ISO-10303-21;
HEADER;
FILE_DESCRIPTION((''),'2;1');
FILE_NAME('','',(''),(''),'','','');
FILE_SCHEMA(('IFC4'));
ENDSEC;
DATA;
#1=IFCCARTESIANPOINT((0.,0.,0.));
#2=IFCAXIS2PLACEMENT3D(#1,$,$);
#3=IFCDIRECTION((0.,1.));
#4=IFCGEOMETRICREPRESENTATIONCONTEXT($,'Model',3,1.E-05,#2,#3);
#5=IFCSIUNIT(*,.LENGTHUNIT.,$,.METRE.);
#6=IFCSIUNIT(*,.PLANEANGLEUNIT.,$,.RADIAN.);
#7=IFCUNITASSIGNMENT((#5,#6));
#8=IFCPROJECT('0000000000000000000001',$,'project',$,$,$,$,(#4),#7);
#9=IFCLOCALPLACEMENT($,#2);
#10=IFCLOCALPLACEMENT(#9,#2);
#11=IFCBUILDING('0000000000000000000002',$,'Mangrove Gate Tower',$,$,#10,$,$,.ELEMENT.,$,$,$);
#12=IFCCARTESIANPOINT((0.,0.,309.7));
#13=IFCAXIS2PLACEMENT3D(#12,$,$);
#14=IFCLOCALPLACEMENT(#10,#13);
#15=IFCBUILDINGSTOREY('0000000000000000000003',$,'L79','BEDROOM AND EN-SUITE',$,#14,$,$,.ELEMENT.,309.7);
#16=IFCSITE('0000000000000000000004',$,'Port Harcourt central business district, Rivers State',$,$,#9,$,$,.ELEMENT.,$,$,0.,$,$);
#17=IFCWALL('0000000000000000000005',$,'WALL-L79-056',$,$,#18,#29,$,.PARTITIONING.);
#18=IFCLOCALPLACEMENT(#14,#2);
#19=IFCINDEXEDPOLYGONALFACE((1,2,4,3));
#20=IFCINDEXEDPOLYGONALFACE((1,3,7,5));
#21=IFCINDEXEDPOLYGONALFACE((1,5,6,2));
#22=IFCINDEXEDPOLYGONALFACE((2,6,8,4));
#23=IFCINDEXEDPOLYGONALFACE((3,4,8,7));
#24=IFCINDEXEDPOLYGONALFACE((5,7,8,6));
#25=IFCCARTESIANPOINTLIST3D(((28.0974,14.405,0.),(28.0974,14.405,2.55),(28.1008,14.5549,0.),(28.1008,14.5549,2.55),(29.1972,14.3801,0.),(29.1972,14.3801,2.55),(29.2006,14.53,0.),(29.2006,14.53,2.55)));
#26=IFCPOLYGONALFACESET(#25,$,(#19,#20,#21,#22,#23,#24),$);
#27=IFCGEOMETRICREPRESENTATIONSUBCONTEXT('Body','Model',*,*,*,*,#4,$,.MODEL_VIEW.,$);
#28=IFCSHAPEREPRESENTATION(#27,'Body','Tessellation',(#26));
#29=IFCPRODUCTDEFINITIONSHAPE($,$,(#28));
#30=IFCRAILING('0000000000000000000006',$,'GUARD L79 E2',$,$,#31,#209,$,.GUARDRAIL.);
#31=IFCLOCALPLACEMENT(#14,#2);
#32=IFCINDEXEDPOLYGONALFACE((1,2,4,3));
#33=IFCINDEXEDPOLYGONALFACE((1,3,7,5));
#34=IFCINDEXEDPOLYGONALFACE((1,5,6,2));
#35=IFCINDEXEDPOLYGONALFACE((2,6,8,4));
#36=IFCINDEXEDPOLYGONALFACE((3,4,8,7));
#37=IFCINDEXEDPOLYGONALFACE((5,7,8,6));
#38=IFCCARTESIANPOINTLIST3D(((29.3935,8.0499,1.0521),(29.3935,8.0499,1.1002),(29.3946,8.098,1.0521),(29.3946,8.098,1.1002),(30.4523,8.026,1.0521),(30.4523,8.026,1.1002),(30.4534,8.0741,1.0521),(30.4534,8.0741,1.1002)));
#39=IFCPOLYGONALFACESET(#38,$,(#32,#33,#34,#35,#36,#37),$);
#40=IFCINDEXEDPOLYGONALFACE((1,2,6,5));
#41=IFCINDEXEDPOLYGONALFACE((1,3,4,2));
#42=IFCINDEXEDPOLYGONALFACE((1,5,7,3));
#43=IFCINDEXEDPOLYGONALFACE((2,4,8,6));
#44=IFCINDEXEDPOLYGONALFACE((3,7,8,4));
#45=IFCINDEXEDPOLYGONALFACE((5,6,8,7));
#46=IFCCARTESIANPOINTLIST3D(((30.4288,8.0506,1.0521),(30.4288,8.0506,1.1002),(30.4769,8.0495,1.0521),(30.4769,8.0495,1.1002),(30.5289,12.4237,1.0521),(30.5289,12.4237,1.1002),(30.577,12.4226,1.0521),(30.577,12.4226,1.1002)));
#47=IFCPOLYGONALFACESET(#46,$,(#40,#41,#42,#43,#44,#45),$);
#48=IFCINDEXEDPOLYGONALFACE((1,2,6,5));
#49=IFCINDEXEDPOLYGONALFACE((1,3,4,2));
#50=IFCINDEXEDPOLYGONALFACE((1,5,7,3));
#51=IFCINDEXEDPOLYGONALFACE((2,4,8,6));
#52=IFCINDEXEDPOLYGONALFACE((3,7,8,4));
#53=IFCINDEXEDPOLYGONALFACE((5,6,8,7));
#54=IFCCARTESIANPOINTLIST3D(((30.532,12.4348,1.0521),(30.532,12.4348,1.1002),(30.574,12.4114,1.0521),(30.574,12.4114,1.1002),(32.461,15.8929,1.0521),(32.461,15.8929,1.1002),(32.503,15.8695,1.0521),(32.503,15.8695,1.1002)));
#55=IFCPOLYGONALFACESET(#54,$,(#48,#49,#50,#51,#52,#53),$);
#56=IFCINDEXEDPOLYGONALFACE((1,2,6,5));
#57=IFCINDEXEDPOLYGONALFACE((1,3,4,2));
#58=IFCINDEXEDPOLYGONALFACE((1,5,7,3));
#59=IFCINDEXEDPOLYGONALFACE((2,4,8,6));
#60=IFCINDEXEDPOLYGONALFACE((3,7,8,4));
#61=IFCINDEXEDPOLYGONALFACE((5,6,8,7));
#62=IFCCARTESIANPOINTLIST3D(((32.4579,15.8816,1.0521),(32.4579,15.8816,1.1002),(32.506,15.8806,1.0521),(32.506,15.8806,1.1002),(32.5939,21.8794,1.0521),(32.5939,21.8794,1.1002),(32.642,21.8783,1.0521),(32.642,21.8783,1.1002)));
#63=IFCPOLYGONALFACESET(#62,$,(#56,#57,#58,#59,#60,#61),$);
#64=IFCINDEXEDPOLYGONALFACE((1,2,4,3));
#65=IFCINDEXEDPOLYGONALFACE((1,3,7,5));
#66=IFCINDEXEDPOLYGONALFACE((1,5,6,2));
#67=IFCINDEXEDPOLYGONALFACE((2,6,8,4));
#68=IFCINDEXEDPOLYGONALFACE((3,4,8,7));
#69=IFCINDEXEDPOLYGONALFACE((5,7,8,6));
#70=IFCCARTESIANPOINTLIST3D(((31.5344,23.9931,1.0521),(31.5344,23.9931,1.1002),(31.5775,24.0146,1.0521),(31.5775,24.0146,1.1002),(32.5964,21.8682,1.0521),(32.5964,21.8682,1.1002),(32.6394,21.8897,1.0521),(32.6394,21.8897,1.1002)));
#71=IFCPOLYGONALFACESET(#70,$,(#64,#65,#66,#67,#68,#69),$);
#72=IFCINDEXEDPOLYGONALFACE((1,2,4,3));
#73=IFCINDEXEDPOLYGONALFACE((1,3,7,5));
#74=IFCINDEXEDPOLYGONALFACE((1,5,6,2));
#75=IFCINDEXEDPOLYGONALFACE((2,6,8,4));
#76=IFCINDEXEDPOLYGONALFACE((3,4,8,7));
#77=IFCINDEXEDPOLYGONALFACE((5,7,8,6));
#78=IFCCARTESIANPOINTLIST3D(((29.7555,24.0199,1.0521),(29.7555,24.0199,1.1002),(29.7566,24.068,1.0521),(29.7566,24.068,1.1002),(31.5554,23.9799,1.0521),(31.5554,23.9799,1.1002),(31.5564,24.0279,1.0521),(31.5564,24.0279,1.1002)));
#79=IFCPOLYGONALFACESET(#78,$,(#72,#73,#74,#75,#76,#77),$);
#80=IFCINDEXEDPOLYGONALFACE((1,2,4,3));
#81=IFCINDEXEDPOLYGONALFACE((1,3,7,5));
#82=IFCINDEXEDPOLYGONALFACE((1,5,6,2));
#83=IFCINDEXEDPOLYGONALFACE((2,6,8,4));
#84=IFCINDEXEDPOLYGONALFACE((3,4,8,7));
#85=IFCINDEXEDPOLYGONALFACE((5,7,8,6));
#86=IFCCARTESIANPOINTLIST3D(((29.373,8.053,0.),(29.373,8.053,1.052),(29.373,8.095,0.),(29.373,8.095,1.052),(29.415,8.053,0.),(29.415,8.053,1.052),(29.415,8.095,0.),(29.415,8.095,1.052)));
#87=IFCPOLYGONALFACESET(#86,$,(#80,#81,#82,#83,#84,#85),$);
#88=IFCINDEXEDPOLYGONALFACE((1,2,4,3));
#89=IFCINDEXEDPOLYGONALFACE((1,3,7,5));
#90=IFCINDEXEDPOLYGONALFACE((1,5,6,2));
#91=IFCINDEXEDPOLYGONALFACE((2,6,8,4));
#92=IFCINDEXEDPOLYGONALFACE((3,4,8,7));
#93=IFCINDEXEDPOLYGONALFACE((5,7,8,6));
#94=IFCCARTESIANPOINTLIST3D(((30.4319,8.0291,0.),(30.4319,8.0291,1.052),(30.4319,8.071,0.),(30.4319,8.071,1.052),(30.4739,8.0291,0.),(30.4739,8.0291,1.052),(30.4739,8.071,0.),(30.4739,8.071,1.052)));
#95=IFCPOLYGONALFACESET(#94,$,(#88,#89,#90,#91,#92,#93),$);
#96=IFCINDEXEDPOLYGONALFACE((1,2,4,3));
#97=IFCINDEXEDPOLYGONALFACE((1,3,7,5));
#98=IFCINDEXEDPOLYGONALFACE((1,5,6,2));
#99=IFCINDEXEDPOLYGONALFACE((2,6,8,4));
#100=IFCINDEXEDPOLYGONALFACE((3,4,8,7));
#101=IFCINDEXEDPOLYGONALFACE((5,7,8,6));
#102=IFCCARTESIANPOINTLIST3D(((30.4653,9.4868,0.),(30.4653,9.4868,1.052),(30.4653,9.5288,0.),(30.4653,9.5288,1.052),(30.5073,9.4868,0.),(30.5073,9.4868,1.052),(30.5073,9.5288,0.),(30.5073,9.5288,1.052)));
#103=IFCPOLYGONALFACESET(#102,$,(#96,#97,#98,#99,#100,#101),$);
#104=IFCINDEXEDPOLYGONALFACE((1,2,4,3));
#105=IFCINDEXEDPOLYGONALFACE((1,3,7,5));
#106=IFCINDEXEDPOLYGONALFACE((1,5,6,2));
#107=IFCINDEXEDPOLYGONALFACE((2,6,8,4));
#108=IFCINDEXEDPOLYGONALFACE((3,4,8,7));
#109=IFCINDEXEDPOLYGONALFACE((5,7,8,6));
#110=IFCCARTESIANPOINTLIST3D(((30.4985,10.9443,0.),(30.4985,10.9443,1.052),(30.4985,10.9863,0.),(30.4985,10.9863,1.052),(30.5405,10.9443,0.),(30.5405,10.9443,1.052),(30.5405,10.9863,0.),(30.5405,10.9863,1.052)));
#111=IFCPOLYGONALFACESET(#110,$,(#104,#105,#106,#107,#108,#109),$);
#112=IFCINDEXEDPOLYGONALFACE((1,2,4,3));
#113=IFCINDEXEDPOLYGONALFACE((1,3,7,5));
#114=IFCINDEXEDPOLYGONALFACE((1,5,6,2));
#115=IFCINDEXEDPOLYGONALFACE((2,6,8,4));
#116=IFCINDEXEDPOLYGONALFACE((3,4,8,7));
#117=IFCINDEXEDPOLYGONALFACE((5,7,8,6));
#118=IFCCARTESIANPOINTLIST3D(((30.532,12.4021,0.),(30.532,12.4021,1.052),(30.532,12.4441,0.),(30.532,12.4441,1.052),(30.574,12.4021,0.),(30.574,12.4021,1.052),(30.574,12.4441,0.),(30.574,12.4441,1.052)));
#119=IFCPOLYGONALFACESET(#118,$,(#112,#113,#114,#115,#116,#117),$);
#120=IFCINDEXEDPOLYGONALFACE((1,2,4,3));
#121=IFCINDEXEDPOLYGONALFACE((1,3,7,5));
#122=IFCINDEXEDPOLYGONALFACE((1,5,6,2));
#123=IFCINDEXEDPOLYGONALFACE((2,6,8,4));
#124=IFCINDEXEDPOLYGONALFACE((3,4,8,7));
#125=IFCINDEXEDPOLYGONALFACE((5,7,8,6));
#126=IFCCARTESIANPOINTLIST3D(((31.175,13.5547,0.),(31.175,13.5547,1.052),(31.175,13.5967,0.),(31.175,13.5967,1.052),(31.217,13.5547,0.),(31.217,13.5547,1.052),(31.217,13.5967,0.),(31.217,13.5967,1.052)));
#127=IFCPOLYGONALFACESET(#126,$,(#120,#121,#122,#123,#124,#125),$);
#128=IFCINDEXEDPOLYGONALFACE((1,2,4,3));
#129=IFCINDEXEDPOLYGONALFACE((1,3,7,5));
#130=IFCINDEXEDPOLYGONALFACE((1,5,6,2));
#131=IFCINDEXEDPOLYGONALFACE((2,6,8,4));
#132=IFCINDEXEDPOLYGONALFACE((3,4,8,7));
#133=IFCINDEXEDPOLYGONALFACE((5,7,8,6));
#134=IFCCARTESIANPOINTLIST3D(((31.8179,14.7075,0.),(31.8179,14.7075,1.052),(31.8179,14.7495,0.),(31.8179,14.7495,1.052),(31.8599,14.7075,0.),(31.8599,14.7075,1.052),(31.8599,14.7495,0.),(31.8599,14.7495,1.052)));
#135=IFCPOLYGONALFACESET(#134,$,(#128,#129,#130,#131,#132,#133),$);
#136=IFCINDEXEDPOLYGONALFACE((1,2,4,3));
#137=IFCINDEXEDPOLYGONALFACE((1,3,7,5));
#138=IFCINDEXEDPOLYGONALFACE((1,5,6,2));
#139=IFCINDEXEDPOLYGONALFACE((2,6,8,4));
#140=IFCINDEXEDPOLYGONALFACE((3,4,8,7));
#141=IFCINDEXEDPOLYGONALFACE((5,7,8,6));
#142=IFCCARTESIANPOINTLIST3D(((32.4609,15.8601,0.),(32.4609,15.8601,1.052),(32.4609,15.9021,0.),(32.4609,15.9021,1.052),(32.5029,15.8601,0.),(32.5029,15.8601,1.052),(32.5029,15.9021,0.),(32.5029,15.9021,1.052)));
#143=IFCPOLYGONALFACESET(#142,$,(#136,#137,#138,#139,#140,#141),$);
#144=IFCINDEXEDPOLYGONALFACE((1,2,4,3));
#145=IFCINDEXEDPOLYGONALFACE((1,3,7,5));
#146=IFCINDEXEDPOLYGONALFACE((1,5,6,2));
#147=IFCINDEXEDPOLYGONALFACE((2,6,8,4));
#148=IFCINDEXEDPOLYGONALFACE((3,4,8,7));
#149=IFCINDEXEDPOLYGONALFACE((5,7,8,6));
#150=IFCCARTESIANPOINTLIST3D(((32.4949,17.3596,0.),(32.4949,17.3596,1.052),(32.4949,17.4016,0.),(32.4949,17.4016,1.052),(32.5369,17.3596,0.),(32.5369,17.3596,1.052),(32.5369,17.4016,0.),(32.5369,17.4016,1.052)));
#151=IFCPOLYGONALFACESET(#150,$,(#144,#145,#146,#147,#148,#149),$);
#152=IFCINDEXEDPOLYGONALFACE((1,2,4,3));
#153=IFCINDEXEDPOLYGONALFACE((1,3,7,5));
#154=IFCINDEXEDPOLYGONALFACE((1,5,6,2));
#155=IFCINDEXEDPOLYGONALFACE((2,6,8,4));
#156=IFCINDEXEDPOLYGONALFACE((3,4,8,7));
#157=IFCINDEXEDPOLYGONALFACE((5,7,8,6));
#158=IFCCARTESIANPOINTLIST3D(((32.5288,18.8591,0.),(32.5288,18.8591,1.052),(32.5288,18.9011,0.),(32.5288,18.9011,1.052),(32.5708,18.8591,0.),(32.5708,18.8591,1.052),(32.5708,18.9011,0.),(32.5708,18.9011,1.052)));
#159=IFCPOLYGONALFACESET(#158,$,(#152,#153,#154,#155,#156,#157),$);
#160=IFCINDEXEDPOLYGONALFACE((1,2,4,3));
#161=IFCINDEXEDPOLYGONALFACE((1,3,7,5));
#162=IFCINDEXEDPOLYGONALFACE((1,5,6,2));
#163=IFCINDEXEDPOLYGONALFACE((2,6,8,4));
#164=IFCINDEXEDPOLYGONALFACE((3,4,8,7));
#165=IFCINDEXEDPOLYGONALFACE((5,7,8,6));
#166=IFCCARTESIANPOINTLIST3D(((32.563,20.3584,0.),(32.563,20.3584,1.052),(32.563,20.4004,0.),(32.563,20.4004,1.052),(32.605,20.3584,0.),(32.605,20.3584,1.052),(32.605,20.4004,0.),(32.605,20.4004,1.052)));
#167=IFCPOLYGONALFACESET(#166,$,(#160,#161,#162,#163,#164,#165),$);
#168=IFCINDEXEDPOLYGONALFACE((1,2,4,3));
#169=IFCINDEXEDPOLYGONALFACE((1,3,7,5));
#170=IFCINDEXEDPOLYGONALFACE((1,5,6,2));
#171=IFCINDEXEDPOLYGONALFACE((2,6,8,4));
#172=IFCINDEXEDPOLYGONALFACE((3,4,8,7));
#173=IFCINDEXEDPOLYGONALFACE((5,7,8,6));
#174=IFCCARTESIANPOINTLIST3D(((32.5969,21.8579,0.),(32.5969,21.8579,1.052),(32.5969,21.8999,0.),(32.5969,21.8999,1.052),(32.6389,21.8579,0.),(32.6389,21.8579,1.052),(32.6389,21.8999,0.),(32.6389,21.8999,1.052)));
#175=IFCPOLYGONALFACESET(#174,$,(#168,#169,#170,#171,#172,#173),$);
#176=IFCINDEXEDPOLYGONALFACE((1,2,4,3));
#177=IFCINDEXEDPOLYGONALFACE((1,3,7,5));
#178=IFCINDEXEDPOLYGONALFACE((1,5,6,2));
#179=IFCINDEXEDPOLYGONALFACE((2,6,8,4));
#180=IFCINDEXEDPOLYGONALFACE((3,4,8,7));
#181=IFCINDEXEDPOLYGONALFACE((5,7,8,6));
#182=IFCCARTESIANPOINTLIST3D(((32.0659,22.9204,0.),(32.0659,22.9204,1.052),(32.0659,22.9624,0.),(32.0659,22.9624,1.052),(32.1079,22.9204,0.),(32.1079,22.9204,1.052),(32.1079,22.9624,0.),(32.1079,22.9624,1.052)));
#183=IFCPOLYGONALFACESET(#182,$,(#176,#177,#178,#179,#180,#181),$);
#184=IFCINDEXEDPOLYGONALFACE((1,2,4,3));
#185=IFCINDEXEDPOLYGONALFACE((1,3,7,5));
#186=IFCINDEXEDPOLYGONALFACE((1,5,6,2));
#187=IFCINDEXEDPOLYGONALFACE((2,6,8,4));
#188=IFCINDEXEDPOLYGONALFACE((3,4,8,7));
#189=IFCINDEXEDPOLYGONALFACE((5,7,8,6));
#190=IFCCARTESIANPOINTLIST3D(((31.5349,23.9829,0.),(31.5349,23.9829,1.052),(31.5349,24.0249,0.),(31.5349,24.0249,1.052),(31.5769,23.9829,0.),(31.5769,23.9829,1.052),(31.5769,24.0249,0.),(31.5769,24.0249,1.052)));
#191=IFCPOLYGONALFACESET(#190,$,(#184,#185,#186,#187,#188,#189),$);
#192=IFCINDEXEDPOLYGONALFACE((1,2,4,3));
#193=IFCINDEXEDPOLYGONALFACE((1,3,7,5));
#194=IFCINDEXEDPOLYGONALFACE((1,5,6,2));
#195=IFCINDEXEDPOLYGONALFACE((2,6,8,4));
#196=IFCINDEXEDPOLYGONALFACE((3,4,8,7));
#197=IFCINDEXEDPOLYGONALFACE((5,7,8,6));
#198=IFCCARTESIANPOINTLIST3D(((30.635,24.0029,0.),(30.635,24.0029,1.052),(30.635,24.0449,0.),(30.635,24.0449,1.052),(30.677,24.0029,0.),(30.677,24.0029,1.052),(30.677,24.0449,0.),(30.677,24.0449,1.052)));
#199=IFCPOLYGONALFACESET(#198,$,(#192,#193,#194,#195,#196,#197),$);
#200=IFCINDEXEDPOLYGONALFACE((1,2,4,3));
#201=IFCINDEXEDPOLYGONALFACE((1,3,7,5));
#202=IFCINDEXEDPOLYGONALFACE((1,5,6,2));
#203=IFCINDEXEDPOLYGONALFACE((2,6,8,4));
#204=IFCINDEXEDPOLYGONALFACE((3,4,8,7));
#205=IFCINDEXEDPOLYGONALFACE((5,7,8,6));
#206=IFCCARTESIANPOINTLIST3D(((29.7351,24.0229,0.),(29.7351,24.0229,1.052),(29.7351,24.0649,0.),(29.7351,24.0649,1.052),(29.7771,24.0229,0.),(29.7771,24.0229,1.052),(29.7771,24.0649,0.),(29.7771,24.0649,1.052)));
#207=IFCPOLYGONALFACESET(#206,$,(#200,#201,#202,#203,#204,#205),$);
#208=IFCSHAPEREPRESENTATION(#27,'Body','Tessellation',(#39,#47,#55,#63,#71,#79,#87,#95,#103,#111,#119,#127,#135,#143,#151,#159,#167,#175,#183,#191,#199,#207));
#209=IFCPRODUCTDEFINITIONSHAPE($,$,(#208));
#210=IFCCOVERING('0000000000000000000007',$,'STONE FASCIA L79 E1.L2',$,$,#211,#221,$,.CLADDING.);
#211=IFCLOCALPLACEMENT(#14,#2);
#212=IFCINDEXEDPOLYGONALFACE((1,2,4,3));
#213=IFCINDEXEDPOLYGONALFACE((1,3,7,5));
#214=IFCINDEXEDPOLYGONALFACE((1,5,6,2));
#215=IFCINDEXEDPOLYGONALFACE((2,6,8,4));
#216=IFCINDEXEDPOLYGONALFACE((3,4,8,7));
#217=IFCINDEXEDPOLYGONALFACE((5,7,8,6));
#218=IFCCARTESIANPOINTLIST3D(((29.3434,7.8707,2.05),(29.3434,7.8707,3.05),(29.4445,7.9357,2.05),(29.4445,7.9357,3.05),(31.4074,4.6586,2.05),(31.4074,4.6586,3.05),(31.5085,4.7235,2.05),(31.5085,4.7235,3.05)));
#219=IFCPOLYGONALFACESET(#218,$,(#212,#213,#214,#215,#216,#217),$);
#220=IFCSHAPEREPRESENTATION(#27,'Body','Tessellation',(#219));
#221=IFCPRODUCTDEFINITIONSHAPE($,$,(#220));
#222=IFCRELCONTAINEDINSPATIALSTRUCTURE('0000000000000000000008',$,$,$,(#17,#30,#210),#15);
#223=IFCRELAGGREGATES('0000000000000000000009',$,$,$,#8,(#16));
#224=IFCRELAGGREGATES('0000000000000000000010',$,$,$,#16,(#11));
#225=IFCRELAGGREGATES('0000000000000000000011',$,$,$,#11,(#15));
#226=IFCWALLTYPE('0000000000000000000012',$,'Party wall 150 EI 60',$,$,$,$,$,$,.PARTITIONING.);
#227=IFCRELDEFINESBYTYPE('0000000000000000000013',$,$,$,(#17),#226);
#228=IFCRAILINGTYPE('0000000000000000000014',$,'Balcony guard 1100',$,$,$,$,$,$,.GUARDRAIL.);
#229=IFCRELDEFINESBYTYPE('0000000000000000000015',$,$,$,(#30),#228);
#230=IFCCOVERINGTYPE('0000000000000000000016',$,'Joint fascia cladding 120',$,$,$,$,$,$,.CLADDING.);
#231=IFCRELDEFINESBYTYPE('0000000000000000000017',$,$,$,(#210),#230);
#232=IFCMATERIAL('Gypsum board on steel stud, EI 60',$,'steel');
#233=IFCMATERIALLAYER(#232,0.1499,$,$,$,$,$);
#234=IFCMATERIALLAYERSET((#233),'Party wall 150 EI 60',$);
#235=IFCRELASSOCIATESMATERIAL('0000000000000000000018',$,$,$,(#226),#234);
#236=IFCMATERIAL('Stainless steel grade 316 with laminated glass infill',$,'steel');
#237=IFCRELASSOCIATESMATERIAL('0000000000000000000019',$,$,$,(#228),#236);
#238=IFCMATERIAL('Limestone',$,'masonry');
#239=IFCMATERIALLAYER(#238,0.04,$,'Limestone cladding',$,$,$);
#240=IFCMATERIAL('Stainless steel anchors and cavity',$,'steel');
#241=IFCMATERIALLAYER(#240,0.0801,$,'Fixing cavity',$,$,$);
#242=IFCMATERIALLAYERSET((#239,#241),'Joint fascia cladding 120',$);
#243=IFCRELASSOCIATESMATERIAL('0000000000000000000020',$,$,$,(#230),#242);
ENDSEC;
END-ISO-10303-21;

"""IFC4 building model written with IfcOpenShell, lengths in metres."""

from ifc_helpers import new_model, si_unit, direction, frame, frame_2d, origin, origin_2d, place, context, subcontext, project, spatial, rectangle, extrude, material, layer, layer_set, type_object, element, save


model = new_model("IFC4")

# Units and contexts
model_context = context("Model", 3, precision=1e-05, world=origin(), true_north=direction((0.0, 1.0)))
body_context = subcontext(model_context, "Body", "Model", "MODEL_VIEW")
ifc_project = project(units=[si_unit("LENGTHUNIT", "METRE"), si_unit("PLANEANGLEUNIT", "RADIAN")], contexts=[model_context])

# Site, building, storey
site_placement = place(None, origin())
site = spatial("IfcSite", under=ifc_project, at=site_placement, Name="Port Harcourt central business district, Rivers State", CompositionType="ELEMENT", RefElevation=0.0)
building_placement = place(site_placement, origin())
building = spatial("IfcBuilding", under=site, at=building_placement, Name="Mangrove Gate Tower", CompositionType="ELEMENT")
storey_placement = place(building_placement, frame((0.0, 0.0, 309.7)))
storey = spatial("IfcBuildingStorey", under=building, at=storey_placement, Name="L79", Description="BEDROOM AND EN-SUITE", CompositionType="ELEMENT", Elevation=309.7)

# Shared definitions
ifc_material_1 = material(Name="Limestone", Category="masonry")

# Wall
ifc_material_2 = material(Name="Gypsum board on steel stud, EI 60", Category="steel")
ifc_layer_1 = layer(ifc_material_2, 0.1499)
ifc_layer_set_1 = layer_set([ifc_layer_1], Name="Party wall 150 EI 60")
wall_type_1 = type_object("IfcWallType", Name="Party wall 150 EI 60", PredefinedType="PARTITIONING", material=ifc_layer_set_1)
wall_1_placement = place(storey_placement, frame((28.0991, 14.48, 0.0), z_axis=(0.0, 0.0, 1.0), x_axis=(0.999744, -0.022636, 0.0)))
element("IfcWall", 1, at=wall_1_placement, inside=storey, type_object=wall_type_1, Name="WALL-L79-056", PredefinedType="PARTITIONING", context=body_context, shape_type="SweptSolid", body=[
    extrude(rectangle(XDim=1.1001, YDim=0.1499, at=frame_2d((0.55, 0.0))), origin(), (0.0, 0.0, 1.0), 2.55),
])

# Railing
ifc_material_3 = material(Name="Stainless steel grade 316 with laminated glass infill", Category="steel")
railing_type = type_object("IfcRailingType", Name="Balcony guard 1100", PredefinedType="GUARDRAIL", material=ifc_material_3)
railing_placement = place(storey_placement, frame((29.394, 8.074, 0.0)))
element("IfcRailing", 2, at=railing_placement, inside=storey, type_object=railing_type, Name="GUARD L79 E2", PredefinedType="GUARDRAIL", context=body_context, shape_type="SweptSolid", body=[
    extrude(rectangle(XDim=0.0481, YDim=0.0481, at=origin_2d()), frame((0.0, 0.0, 1.0762), z_axis=(0.999745, -0.02259, 0.0), x_axis=(0.02259, 0.999745, 0.0)), (0.0, 0.0, 1.0), 1.0591),
    extrude(rectangle(XDim=0.0481, YDim=0.0481, at=origin_2d()), frame((1.0588, -0.0239, 1.0762), z_axis=(0.022884, 0.999738, 0.0), x_axis=(-0.999738, 0.022884, 0.0)), (0.0, 0.0, 1.0), 4.3743),
    extrude(rectangle(XDim=0.0481, YDim=0.0481, at=origin_2d()), frame((1.1589, 4.3491, 1.0762), z_axis=(0.487155, 0.873315, 0.0), x_axis=(-0.873315, 0.487155, 0.0)), (0.0, 0.0, 1.0), 3.9597),
    extrude(rectangle(XDim=0.0481, YDim=0.0481, at=origin_2d()), frame((3.0879, 7.8071, 1.0762), z_axis=(0.022667, 0.999743, 0.0), x_axis=(-0.999743, 0.022667, 0.0)), (0.0, 0.0, 1.0), 5.9993),
    extrude(rectangle(XDim=0.0481, YDim=0.0481, at=origin_2d()), frame((3.2239, 13.8049, 1.0762), z_axis=(-0.447049, 0.894509, 0.0), x_axis=(-0.894509, -0.447049, 0.0)), (0.0, 0.0, 1.0), 2.3755),
    extrude(rectangle(XDim=0.0481, YDim=0.0481, at=origin_2d()), frame((2.1619, 15.9299, 1.0762), z_axis=(-0.999753, 0.022241, 0.0), x_axis=(-0.022241, -0.999753, 0.0)), (0.0, 0.0, 1.0), 1.8003),
    extrude(rectangle(XDim=0.042, YDim=0.042, at=origin_2d()), origin(), (0.0, 0.0, 1.0), 1.052),
    extrude(rectangle(XDim=0.042, YDim=0.042, at=origin_2d()), frame((1.0588, -0.0239, 0.0)), (0.0, 0.0, 1.0), 1.052),
    extrude(rectangle(XDim=0.042, YDim=0.042, at=origin_2d()), frame((1.0923, 1.4338, 0.0)), (0.0, 0.0, 1.0), 1.052),
    extrude(rectangle(XDim=0.042, YDim=0.042, at=origin_2d()), frame((1.1255, 2.8914, 0.0)), (0.0, 0.0, 1.0), 1.052),
    extrude(rectangle(XDim=0.042, YDim=0.042, at=origin_2d()), frame((1.1589, 4.3491, 0.0)), (0.0, 0.0, 1.0), 1.052),
    extrude(rectangle(XDim=0.042, YDim=0.042, at=origin_2d()), frame((1.802, 5.5017, 0.0)), (0.0, 0.0, 1.0), 1.052),
    extrude(rectangle(XDim=0.042, YDim=0.042, at=origin_2d()), frame((2.4448, 6.6545, 0.0)), (0.0, 0.0, 1.0), 1.052),
    extrude(rectangle(XDim=0.042, YDim=0.042, at=origin_2d()), frame((3.0879, 7.8071, 0.0)), (0.0, 0.0, 1.0), 1.052),
    extrude(rectangle(XDim=0.042, YDim=0.042, at=origin_2d()), frame((3.1218, 9.3066, 0.0)), (0.0, 0.0, 1.0), 1.052),
    extrude(rectangle(XDim=0.042, YDim=0.042, at=origin_2d()), frame((3.1558, 10.8062, 0.0)), (0.0, 0.0, 1.0), 1.052),
    extrude(rectangle(XDim=0.042, YDim=0.042, at=origin_2d()), frame((3.1899, 12.3054, 0.0)), (0.0, 0.0, 1.0), 1.052),
    extrude(rectangle(XDim=0.042, YDim=0.042, at=origin_2d()), frame((3.2239, 13.8049, 0.0)), (0.0, 0.0, 1.0), 1.052),
    extrude(rectangle(XDim=0.042, YDim=0.042, at=origin_2d()), frame((2.6929, 14.8674, 0.0)), (0.0, 0.0, 1.0), 1.052),
    extrude(rectangle(XDim=0.042, YDim=0.042, at=origin_2d()), frame((2.1619, 15.9299, 0.0)), (0.0, 0.0, 1.0), 1.052),
    extrude(rectangle(XDim=0.042, YDim=0.042, at=origin_2d()), frame((1.262, 15.95, 0.0)), (0.0, 0.0, 1.0), 1.052),
    extrude(rectangle(XDim=0.042, YDim=0.042, at=origin_2d()), frame((0.3621, 15.97, 0.0)), (0.0, 0.0, 1.0), 1.052),
])

# Covering
ifc_layer_2 = layer(ifc_material_1, 0.04, Name="Limestone cladding")
ifc_material_4 = material(Name="Stainless steel anchors and cavity", Category="steel")
ifc_layer_3 = layer(ifc_material_4, 0.0801, Name="Fixing cavity")
ifc_layer_set_2 = layer_set([ifc_layer_2, ifc_layer_3], Name="Joint fascia cladding 120")
covering_type = type_object("IfcCoveringType", Name="Joint fascia cladding 120", PredefinedType="CLADDING", material=ifc_layer_set_2)
covering_placement = place(storey_placement, frame((31.458, 4.6909, 2.05), z_axis=(0.0, 0.0, 1.0), x_axis=(-0.540573, 0.841297, 0.0)))
element("IfcCovering", 3, at=covering_placement, inside=storey, type_object=covering_type, Name="STONE FASCIA L79 E1.L2", PredefinedType="CLADDING", context=body_context, shape_type="SweptSolid", body=[
    extrude(rectangle(XDim=3.8181, YDim=0.1201, at=frame_2d((1.9092, 0.0))), origin(), (0.0, 0.0, 1.0), 1.0),
])

save(model, "model.ifc")
